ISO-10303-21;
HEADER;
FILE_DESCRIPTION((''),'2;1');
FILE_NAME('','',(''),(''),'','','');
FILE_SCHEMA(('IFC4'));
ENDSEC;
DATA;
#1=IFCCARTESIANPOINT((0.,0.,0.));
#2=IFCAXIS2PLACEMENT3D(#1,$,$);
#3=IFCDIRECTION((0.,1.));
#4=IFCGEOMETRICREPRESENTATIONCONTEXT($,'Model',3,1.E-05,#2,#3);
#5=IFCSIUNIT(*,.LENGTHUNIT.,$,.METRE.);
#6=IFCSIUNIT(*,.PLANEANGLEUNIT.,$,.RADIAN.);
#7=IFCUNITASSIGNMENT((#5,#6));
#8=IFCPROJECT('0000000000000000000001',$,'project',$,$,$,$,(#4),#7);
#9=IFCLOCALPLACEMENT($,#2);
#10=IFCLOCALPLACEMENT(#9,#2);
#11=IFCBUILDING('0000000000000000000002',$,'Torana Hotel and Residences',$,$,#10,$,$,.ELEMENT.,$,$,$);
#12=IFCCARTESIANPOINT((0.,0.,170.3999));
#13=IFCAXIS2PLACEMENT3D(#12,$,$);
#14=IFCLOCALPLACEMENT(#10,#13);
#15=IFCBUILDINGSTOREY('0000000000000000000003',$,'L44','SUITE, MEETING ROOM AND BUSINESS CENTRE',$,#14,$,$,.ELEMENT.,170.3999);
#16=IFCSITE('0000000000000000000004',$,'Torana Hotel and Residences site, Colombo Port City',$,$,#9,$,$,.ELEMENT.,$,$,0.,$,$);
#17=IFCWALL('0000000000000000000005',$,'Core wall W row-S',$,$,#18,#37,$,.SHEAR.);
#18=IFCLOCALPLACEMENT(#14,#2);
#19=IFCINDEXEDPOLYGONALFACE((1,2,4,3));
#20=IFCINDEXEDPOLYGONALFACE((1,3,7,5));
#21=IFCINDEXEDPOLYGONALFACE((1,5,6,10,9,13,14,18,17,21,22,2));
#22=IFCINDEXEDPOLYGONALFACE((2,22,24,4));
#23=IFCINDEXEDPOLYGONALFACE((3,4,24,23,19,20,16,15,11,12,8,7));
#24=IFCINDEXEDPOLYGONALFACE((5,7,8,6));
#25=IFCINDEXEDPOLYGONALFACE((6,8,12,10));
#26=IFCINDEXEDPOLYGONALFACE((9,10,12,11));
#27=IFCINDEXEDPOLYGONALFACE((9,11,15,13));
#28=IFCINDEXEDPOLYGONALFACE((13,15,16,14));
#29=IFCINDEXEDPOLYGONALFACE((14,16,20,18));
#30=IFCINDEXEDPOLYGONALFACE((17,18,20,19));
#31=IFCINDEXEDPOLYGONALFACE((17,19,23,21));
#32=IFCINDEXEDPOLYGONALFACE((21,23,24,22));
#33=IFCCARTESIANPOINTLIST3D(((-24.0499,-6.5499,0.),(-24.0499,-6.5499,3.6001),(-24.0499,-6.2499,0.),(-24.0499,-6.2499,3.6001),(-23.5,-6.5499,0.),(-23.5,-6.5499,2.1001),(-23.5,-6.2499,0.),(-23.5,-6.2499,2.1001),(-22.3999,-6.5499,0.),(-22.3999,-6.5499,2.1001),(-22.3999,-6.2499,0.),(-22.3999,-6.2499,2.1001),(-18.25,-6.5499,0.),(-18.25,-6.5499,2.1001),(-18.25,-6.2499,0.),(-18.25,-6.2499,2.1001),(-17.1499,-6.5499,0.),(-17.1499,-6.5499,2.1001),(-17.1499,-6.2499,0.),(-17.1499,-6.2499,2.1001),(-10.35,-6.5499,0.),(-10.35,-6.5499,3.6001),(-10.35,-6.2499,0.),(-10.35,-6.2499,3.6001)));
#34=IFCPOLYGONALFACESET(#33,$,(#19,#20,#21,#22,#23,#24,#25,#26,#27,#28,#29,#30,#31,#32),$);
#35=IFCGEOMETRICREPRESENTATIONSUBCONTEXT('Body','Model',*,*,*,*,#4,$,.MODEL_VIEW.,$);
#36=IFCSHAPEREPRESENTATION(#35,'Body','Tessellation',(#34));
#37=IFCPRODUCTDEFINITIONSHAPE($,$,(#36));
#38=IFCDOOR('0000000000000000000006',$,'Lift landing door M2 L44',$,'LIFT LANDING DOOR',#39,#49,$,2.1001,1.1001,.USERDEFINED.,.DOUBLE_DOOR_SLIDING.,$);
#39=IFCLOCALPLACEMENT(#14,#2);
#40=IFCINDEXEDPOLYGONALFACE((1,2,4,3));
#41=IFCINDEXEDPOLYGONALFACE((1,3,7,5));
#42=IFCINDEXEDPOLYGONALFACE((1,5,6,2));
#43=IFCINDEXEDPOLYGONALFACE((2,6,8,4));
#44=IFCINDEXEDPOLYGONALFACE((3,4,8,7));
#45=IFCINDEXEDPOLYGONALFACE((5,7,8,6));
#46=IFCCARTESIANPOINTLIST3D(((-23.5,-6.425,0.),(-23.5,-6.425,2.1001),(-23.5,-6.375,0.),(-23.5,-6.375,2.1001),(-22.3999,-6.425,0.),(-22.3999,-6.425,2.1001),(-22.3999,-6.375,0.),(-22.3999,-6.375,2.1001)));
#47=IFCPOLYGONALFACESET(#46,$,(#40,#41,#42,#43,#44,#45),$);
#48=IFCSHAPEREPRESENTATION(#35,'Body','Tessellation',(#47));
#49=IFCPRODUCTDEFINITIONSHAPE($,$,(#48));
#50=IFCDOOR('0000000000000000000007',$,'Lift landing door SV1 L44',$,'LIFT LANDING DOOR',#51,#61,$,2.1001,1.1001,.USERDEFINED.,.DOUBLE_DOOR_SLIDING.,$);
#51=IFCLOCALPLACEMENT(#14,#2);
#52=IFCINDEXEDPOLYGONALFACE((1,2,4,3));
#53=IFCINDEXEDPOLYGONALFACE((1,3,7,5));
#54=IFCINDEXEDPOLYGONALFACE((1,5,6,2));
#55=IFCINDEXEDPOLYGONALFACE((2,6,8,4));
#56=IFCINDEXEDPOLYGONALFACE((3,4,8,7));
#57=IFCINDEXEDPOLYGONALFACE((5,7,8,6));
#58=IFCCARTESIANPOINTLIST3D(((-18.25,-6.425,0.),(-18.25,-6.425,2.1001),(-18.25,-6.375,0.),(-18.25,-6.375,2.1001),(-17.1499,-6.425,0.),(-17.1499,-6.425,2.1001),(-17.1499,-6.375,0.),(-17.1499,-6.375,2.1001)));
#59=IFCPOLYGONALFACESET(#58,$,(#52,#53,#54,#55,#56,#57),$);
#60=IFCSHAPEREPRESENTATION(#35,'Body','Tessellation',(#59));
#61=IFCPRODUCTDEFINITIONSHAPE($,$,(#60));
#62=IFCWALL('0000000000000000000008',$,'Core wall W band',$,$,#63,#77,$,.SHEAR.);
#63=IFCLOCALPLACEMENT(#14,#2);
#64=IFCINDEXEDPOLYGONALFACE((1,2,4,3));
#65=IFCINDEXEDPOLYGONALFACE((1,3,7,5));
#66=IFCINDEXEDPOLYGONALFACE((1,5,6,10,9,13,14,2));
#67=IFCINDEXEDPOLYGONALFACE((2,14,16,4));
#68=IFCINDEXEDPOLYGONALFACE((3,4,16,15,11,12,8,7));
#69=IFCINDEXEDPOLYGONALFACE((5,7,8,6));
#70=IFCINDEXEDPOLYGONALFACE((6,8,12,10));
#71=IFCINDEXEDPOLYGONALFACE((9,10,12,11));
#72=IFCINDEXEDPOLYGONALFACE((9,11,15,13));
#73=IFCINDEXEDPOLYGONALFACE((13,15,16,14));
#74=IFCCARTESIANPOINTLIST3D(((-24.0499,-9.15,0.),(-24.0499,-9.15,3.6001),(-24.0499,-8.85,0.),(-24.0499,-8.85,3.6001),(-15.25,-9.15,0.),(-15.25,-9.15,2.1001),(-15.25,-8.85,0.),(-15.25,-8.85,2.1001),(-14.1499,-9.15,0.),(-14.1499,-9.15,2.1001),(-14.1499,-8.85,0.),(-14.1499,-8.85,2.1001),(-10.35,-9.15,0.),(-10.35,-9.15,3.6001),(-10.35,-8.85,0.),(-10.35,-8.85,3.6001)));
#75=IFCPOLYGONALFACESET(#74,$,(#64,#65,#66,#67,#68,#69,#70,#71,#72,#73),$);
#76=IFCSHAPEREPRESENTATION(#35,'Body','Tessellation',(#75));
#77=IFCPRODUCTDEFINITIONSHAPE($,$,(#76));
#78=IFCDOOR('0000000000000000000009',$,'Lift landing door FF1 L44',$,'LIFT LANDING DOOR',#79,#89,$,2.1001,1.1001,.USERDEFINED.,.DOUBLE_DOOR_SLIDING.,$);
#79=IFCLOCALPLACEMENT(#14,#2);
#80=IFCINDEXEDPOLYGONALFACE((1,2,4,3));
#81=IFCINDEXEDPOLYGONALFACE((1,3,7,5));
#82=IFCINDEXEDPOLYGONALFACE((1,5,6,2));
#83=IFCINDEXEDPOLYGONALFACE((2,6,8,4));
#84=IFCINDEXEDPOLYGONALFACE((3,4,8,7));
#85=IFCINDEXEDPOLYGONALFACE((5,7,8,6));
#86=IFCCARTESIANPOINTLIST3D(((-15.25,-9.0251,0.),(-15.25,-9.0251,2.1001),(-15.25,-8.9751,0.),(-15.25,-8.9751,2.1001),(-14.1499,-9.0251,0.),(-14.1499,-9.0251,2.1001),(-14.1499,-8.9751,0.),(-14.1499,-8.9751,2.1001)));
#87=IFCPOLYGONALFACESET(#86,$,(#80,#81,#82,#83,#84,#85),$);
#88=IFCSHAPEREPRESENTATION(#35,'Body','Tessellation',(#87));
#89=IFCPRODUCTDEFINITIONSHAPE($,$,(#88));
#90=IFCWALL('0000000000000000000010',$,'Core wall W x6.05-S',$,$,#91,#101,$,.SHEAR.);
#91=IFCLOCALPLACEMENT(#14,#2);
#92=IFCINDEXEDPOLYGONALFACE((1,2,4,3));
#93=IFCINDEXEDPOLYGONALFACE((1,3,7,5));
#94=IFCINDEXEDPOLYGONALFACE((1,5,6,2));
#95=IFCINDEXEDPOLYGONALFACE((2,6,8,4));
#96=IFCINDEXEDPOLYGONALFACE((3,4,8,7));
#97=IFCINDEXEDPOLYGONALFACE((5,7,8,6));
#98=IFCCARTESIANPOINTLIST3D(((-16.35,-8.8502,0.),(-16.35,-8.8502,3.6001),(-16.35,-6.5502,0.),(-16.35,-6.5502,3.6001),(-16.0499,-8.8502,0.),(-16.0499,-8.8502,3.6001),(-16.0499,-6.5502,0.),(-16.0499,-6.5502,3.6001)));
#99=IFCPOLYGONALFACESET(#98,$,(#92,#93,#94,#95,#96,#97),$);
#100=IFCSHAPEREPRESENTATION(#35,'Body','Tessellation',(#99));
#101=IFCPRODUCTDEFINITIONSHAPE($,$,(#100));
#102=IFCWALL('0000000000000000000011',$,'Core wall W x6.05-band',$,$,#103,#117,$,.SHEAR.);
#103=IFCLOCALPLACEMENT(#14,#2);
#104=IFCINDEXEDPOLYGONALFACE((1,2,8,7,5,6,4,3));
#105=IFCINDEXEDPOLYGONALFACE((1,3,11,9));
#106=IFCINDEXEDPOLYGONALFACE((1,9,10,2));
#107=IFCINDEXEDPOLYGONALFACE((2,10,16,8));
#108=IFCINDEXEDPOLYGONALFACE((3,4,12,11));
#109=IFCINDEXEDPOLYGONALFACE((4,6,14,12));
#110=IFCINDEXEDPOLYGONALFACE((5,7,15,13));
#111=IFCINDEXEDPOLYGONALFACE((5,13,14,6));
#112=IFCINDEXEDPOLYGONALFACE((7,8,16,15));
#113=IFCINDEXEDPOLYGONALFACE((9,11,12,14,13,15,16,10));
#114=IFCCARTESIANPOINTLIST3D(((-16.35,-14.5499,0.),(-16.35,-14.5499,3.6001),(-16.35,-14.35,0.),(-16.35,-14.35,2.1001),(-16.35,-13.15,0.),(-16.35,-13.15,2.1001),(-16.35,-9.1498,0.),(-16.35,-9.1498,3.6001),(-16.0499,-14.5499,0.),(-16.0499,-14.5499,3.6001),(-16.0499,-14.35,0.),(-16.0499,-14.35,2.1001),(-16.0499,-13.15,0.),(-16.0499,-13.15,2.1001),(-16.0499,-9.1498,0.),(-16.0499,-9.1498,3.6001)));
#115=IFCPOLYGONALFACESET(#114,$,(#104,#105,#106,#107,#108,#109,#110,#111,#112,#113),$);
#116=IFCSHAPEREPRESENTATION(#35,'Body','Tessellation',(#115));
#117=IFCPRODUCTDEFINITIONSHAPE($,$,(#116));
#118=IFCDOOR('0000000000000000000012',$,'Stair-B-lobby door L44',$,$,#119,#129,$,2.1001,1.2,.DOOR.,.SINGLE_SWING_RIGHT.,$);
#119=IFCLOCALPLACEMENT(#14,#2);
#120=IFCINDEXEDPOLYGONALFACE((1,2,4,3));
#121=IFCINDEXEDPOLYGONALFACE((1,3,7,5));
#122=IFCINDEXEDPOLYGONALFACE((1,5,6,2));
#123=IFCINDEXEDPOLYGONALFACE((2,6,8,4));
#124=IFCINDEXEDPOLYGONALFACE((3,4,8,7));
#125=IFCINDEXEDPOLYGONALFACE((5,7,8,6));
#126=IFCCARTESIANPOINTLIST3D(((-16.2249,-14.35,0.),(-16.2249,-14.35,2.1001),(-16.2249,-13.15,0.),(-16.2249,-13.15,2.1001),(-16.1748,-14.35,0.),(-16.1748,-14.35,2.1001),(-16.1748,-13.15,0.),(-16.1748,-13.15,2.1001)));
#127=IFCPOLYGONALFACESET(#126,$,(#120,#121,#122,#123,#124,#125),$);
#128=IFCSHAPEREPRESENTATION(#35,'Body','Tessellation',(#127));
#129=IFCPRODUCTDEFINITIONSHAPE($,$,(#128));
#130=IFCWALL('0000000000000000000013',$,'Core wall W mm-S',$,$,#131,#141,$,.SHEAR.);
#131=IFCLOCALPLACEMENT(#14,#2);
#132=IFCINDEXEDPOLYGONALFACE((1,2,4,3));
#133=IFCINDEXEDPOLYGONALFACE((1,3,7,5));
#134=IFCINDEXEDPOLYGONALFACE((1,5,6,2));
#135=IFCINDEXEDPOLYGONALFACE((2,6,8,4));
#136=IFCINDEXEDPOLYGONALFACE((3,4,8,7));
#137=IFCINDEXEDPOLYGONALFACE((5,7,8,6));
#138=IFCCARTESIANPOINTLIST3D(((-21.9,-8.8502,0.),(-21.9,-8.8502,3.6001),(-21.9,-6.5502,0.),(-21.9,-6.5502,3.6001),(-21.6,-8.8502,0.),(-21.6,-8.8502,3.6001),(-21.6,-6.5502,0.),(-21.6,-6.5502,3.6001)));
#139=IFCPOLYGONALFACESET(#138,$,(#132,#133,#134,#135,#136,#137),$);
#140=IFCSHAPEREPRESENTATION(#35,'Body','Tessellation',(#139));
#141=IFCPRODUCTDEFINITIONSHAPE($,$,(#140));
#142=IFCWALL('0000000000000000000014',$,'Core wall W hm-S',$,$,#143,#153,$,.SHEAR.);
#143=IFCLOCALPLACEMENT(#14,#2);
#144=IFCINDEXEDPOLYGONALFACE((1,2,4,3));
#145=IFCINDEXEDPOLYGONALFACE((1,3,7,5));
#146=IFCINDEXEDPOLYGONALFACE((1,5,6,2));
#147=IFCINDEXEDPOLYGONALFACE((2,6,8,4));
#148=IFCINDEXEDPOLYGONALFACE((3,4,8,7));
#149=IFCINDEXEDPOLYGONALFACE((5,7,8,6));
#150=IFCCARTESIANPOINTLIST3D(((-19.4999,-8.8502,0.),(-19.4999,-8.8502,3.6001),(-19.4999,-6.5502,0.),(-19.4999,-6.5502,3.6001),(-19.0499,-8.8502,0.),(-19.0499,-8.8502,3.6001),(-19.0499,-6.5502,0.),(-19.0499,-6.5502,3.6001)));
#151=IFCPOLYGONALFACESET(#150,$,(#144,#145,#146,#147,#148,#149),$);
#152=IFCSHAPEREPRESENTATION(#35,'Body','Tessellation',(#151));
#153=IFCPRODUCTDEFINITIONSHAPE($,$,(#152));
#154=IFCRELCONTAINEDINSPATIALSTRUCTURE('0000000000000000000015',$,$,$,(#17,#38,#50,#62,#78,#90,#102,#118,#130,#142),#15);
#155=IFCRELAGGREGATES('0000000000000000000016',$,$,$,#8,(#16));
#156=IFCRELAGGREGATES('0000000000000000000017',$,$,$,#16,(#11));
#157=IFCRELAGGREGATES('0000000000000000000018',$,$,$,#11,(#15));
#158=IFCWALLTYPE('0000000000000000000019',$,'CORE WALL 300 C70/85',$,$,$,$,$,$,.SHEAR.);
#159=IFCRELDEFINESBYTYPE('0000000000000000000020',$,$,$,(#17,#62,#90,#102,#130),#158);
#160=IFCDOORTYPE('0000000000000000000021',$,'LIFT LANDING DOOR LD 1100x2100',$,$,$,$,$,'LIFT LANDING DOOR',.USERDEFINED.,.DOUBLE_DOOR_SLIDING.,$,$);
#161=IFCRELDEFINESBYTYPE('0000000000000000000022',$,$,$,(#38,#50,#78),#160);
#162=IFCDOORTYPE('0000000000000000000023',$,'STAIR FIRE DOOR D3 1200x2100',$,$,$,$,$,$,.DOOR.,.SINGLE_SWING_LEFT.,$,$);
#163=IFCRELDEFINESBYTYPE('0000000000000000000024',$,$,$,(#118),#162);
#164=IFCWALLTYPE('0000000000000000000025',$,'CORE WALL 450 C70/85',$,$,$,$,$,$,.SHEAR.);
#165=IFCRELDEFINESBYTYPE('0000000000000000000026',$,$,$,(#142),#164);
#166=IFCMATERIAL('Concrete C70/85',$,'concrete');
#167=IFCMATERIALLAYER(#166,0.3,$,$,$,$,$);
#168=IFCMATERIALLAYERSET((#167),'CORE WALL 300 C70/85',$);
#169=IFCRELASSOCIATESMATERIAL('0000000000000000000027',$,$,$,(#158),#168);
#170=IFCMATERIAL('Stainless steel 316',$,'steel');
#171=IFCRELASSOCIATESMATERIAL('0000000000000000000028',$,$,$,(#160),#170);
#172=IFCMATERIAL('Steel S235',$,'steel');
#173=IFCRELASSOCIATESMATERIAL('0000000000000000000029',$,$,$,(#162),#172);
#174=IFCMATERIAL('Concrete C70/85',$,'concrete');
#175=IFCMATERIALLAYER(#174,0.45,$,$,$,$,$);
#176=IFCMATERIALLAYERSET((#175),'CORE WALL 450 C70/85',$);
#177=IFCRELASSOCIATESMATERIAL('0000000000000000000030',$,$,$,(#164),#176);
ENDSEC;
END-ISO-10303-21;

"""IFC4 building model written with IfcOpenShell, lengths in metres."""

from ifc_helpers import new_model, si_unit, direction, frame, frame_2d, origin, place, context, subcontext, project, spatial, rectangle, extrude, material, layer, layer_set, type_object, element, fill, save


model = new_model("IFC4")

# Units and contexts
model_context = context("Model", 3, precision=1e-05, world=origin(), true_north=direction((0.0, 1.0)))
body_context = subcontext(model_context, "Body", "Model", "MODEL_VIEW")
ifc_project = project(units=[si_unit("LENGTHUNIT", "METRE"), si_unit("PLANEANGLEUNIT", "RADIAN")], contexts=[model_context])

# Site, building, storey
site_placement = place(None, origin())
site = spatial("IfcSite", under=ifc_project, at=site_placement, Name="Torana Hotel and Residences site, Colombo Port City", CompositionType="ELEMENT", RefElevation=0.0)
building_placement = place(site_placement, origin())
building = spatial("IfcBuilding", under=site, at=building_placement, Name="Torana Hotel and Residences", CompositionType="ELEMENT")
storey_placement = place(building_placement, frame((0.0, 0.0, 170.3999)))
storey = spatial("IfcBuildingStorey", under=building, at=storey_placement, Name="L44", Description="SUITE, MEETING ROOM AND BUSINESS CENTRE", CompositionType="ELEMENT", Elevation=170.3999)

# Wall, openings, doors
ifc_material_1 = material(Name="Concrete C70/85", Category="concrete")
ifc_layer_1 = layer(ifc_material_1, 0.3)
ifc_layer_set_1 = layer_set([ifc_layer_1], Name="CORE WALL 300 C70/85")
wall_type_1 = type_object("IfcWallType", Name="CORE WALL 300 C70/85", PredefinedType="SHEAR", material=ifc_layer_set_1)
wall_1_placement = place(storey_placement, frame((-24.05, -6.3999, 0.0), z_axis=(0.0, 0.0, 1.0), x_axis=(1.0, 0.0, 0.0)))
wall_1 = element("IfcWall", 1, at=wall_1_placement, inside=storey, type_object=wall_type_1, Name="Core wall W row-S", PredefinedType="SHEAR", context=body_context, shape_type="SweptSolid", body=[
    extrude(rectangle(XDim=13.7, YDim=0.3, at=frame_2d((6.8501, 0.0))), origin(), (0.0, 0.0, 1.0), 3.6001),
])
opening_1_placement = place(wall_1_placement, frame((0.55, 0.0, 0.0)))
opening_1 = element("IfcOpeningElement", 2, at=opening_1_placement, cuts=wall_1, PredefinedType="OPENING", context=body_context, shape_type="SweptSolid", body=[
    extrude(rectangle(XDim=1.1001, YDim=2.1001, at=frame_2d((0.55, 1.05))), frame((0.0, 0.1599, 0.0), z_axis=(0.0, -1.0, 0.0), x_axis=(1.0, 0.0, 0.0)), (0.0, 0.0, 1.0), 0.3201),
])
opening_2_placement = place(wall_1_placement, frame((5.8, 0.0, 0.0)))
opening_2 = element("IfcOpeningElement", 3, at=opening_2_placement, cuts=wall_1, PredefinedType="OPENING", context=body_context, shape_type="SweptSolid", body=[
    extrude(rectangle(XDim=1.1001, YDim=2.1001, at=frame_2d((0.55, 1.05))), frame((0.0, 0.1599, 0.0), z_axis=(0.0, -1.0, 0.0), x_axis=(1.0, 0.0, 0.0)), (0.0, 0.0, 1.0), 0.3201),
])
ifc_material_2 = material(Name="Stainless steel 316", Category="steel")
door_type_1 = type_object("IfcDoorType", Name="LIFT LANDING DOOR LD 1100x2100", ElementType="LIFT LANDING DOOR", OperationType="DOUBLE_DOOR_SLIDING", PredefinedType="USERDEFINED", material=ifc_material_2)
door_1_placement = place(opening_1_placement, origin())
door_1 = element("IfcDoor", 4, at=door_1_placement, inside=storey, type_object=door_type_1, Name="Lift landing door M2 L44", ObjectType="LIFT LANDING DOOR", OperationType="DOUBLE_DOOR_SLIDING", OverallHeight=2.1001, OverallWidth=1.1001, PredefinedType="USERDEFINED", context=body_context, shape_type="SweptSolid", body=[
    extrude(rectangle(XDim=1.1001, YDim=2.1001, at=frame_2d((0.55, 1.05))), frame((0.0, 0.0249, 0.0), z_axis=(0.0, -1.0, 0.0), x_axis=(1.0, 0.0, 0.0)), (0.0, 0.0, 1.0), 0.05),
])
fill(opening_1, door_1)
door_2_placement = place(opening_2_placement, origin())
door_2 = element("IfcDoor", 5, at=door_2_placement, inside=storey, type_object=door_type_1, Name="Lift landing door SV1 L44", ObjectType="LIFT LANDING DOOR", OperationType="DOUBLE_DOOR_SLIDING", OverallHeight=2.1001, OverallWidth=1.1001, PredefinedType="USERDEFINED", context=body_context, shape_type="SweptSolid", body=[
    extrude(rectangle(XDim=1.1001, YDim=2.1001, at=frame_2d((0.55, 1.05))), frame((0.0, 0.0249, 0.0), z_axis=(0.0, -1.0, 0.0), x_axis=(1.0, 0.0, 0.0)), (0.0, 0.0, 1.0), 0.05),
])
fill(opening_2, door_2)

# Wall, opening, door
wall_2_placement = place(storey_placement, frame((-24.05, -9.0, 0.0), z_axis=(0.0, 0.0, 1.0), x_axis=(1.0, 0.0, 0.0)))
wall_2 = element("IfcWall", 6, at=wall_2_placement, inside=storey, type_object=wall_type_1, Name="Core wall W band", PredefinedType="SHEAR", context=body_context, shape_type="SweptSolid", body=[
    extrude(rectangle(XDim=13.7, YDim=0.3, at=frame_2d((6.8501, 0.0))), origin(), (0.0, 0.0, 1.0), 3.6001),
])
opening_3_placement = place(wall_2_placement, frame((8.8, 0.0, 0.0)))
opening_3 = element("IfcOpeningElement", 7, at=opening_3_placement, cuts=wall_2, PredefinedType="OPENING", context=body_context, shape_type="SweptSolid", body=[
    extrude(rectangle(XDim=1.1001, YDim=2.1001, at=frame_2d((0.55, 1.05))), frame((0.0, 0.1599, 0.0), z_axis=(0.0, -1.0, 0.0), x_axis=(1.0, 0.0, 0.0)), (0.0, 0.0, 1.0), 0.3201),
])
door_3_placement = place(opening_3_placement, origin())
door_3 = element("IfcDoor", 8, at=door_3_placement, inside=storey, type_object=door_type_1, Name="Lift landing door FF1 L44", ObjectType="LIFT LANDING DOOR", OperationType="DOUBLE_DOOR_SLIDING", OverallHeight=2.1001, OverallWidth=1.1001, PredefinedType="USERDEFINED", context=body_context, shape_type="SweptSolid", body=[
    extrude(rectangle(XDim=1.1001, YDim=2.1001, at=frame_2d((0.55, 1.05))), frame((0.0, 0.0249, 0.0), z_axis=(0.0, -1.0, 0.0), x_axis=(1.0, 0.0, 0.0)), (0.0, 0.0, 1.0), 0.05),
])
fill(opening_3, door_3)

# Wall
wall_3_placement = place(storey_placement, frame((-16.2, -8.8501, 0.0), z_axis=(0.0, 0.0, 1.0), x_axis=(0.0, 1.0, 0.0)))
element("IfcWall", 9, at=wall_3_placement, inside=storey, type_object=wall_type_1, Name="Core wall W x6.05-S", PredefinedType="SHEAR", context=body_context, shape_type="SweptSolid", body=[
    extrude(rectangle(XDim=2.3, YDim=0.3, at=frame_2d((1.1499, 0.0))), origin(), (0.0, 0.0, 1.0), 3.6001),
])

# Wall, opening, door
wall_4_placement = place(storey_placement, frame((-16.2, -14.55, 0.0), z_axis=(0.0, 0.0, 1.0), x_axis=(0.0, 1.0, 0.0)))
wall_4 = element("IfcWall", 10, at=wall_4_placement, inside=storey, type_object=wall_type_1, Name="Core wall W x6.05-band", PredefinedType="SHEAR", context=body_context, shape_type="SweptSolid", body=[
    extrude(rectangle(XDim=5.4001, YDim=0.3, at=frame_2d((2.7002, 0.0))), origin(), (0.0, 0.0, 1.0), 3.6001),
])
opening_4_placement = place(wall_4_placement, frame((0.2, 0.0, 0.0)))
opening_4 = element("IfcOpeningElement", 11, at=opening_4_placement, cuts=wall_4, PredefinedType="OPENING", context=body_context, shape_type="SweptSolid", body=[
    extrude(rectangle(XDim=1.2, YDim=2.1001, at=frame_2d((0.6001, 1.05))), frame((0.0, 0.1599, 0.0), z_axis=(0.0, -1.0, 0.0), x_axis=(1.0, 0.0, 0.0)), (0.0, 0.0, 1.0), 0.3201),
])
ifc_material_3 = material(Name="Steel S235", Category="steel")
door_type_2 = type_object("IfcDoorType", Name="STAIR FIRE DOOR D3 1200x2100", OperationType="SINGLE_SWING_LEFT", PredefinedType="DOOR", material=ifc_material_3)
door_4_placement = place(opening_4_placement, origin())
door_4 = element("IfcDoor", 12, at=door_4_placement, inside=storey, type_object=door_type_2, Name="Stair-B-lobby door L44", OperationType="SINGLE_SWING_RIGHT", OverallHeight=2.1001, OverallWidth=1.2, PredefinedType="DOOR", context=body_context, shape_type="SweptSolid", body=[
    extrude(rectangle(XDim=1.2, YDim=2.1001, at=frame_2d((0.6001, 1.05))), frame((0.0, 0.0249, 0.0), z_axis=(0.0, -1.0, 0.0), x_axis=(1.0, 0.0, 0.0)), (0.0, 0.0, 1.0), 0.05),
])
fill(opening_4, door_4)

# Walls
wall_5_placement = place(storey_placement, frame((-21.75, -8.8501, 0.0), z_axis=(0.0, 0.0, 1.0), x_axis=(0.0, 1.0, 0.0)))
element("IfcWall", 13, at=wall_5_placement, inside=storey, type_object=wall_type_1, Name="Core wall W mm-S", PredefinedType="SHEAR", context=body_context, shape_type="SweptSolid", body=[
    extrude(rectangle(XDim=2.3, YDim=0.3, at=frame_2d((1.1499, 0.0))), origin(), (0.0, 0.0, 1.0), 3.6001),
])
ifc_material_4 = material(Name="Concrete C70/85", Category="concrete")
ifc_layer_2 = layer(ifc_material_4, 0.45)
ifc_layer_set_2 = layer_set([ifc_layer_2], Name="CORE WALL 450 C70/85")
wall_type_2 = type_object("IfcWallType", Name="CORE WALL 450 C70/85", PredefinedType="SHEAR", material=ifc_layer_set_2)
wall_6_placement = place(storey_placement, frame((-19.2749, -8.8501, 0.0), z_axis=(0.0, 0.0, 1.0), x_axis=(0.0, 1.0, 0.0)))
element("IfcWall", 14, at=wall_6_placement, inside=storey, type_object=wall_type_2, Name="Core wall W hm-S", PredefinedType="SHEAR", context=body_context, shape_type="SweptSolid", body=[
    extrude(rectangle(XDim=2.3, YDim=0.45, at=frame_2d((1.1499, 0.0))), origin(), (0.0, 0.0, 1.0), 3.6001),
])

save(model, "model.ifc")
